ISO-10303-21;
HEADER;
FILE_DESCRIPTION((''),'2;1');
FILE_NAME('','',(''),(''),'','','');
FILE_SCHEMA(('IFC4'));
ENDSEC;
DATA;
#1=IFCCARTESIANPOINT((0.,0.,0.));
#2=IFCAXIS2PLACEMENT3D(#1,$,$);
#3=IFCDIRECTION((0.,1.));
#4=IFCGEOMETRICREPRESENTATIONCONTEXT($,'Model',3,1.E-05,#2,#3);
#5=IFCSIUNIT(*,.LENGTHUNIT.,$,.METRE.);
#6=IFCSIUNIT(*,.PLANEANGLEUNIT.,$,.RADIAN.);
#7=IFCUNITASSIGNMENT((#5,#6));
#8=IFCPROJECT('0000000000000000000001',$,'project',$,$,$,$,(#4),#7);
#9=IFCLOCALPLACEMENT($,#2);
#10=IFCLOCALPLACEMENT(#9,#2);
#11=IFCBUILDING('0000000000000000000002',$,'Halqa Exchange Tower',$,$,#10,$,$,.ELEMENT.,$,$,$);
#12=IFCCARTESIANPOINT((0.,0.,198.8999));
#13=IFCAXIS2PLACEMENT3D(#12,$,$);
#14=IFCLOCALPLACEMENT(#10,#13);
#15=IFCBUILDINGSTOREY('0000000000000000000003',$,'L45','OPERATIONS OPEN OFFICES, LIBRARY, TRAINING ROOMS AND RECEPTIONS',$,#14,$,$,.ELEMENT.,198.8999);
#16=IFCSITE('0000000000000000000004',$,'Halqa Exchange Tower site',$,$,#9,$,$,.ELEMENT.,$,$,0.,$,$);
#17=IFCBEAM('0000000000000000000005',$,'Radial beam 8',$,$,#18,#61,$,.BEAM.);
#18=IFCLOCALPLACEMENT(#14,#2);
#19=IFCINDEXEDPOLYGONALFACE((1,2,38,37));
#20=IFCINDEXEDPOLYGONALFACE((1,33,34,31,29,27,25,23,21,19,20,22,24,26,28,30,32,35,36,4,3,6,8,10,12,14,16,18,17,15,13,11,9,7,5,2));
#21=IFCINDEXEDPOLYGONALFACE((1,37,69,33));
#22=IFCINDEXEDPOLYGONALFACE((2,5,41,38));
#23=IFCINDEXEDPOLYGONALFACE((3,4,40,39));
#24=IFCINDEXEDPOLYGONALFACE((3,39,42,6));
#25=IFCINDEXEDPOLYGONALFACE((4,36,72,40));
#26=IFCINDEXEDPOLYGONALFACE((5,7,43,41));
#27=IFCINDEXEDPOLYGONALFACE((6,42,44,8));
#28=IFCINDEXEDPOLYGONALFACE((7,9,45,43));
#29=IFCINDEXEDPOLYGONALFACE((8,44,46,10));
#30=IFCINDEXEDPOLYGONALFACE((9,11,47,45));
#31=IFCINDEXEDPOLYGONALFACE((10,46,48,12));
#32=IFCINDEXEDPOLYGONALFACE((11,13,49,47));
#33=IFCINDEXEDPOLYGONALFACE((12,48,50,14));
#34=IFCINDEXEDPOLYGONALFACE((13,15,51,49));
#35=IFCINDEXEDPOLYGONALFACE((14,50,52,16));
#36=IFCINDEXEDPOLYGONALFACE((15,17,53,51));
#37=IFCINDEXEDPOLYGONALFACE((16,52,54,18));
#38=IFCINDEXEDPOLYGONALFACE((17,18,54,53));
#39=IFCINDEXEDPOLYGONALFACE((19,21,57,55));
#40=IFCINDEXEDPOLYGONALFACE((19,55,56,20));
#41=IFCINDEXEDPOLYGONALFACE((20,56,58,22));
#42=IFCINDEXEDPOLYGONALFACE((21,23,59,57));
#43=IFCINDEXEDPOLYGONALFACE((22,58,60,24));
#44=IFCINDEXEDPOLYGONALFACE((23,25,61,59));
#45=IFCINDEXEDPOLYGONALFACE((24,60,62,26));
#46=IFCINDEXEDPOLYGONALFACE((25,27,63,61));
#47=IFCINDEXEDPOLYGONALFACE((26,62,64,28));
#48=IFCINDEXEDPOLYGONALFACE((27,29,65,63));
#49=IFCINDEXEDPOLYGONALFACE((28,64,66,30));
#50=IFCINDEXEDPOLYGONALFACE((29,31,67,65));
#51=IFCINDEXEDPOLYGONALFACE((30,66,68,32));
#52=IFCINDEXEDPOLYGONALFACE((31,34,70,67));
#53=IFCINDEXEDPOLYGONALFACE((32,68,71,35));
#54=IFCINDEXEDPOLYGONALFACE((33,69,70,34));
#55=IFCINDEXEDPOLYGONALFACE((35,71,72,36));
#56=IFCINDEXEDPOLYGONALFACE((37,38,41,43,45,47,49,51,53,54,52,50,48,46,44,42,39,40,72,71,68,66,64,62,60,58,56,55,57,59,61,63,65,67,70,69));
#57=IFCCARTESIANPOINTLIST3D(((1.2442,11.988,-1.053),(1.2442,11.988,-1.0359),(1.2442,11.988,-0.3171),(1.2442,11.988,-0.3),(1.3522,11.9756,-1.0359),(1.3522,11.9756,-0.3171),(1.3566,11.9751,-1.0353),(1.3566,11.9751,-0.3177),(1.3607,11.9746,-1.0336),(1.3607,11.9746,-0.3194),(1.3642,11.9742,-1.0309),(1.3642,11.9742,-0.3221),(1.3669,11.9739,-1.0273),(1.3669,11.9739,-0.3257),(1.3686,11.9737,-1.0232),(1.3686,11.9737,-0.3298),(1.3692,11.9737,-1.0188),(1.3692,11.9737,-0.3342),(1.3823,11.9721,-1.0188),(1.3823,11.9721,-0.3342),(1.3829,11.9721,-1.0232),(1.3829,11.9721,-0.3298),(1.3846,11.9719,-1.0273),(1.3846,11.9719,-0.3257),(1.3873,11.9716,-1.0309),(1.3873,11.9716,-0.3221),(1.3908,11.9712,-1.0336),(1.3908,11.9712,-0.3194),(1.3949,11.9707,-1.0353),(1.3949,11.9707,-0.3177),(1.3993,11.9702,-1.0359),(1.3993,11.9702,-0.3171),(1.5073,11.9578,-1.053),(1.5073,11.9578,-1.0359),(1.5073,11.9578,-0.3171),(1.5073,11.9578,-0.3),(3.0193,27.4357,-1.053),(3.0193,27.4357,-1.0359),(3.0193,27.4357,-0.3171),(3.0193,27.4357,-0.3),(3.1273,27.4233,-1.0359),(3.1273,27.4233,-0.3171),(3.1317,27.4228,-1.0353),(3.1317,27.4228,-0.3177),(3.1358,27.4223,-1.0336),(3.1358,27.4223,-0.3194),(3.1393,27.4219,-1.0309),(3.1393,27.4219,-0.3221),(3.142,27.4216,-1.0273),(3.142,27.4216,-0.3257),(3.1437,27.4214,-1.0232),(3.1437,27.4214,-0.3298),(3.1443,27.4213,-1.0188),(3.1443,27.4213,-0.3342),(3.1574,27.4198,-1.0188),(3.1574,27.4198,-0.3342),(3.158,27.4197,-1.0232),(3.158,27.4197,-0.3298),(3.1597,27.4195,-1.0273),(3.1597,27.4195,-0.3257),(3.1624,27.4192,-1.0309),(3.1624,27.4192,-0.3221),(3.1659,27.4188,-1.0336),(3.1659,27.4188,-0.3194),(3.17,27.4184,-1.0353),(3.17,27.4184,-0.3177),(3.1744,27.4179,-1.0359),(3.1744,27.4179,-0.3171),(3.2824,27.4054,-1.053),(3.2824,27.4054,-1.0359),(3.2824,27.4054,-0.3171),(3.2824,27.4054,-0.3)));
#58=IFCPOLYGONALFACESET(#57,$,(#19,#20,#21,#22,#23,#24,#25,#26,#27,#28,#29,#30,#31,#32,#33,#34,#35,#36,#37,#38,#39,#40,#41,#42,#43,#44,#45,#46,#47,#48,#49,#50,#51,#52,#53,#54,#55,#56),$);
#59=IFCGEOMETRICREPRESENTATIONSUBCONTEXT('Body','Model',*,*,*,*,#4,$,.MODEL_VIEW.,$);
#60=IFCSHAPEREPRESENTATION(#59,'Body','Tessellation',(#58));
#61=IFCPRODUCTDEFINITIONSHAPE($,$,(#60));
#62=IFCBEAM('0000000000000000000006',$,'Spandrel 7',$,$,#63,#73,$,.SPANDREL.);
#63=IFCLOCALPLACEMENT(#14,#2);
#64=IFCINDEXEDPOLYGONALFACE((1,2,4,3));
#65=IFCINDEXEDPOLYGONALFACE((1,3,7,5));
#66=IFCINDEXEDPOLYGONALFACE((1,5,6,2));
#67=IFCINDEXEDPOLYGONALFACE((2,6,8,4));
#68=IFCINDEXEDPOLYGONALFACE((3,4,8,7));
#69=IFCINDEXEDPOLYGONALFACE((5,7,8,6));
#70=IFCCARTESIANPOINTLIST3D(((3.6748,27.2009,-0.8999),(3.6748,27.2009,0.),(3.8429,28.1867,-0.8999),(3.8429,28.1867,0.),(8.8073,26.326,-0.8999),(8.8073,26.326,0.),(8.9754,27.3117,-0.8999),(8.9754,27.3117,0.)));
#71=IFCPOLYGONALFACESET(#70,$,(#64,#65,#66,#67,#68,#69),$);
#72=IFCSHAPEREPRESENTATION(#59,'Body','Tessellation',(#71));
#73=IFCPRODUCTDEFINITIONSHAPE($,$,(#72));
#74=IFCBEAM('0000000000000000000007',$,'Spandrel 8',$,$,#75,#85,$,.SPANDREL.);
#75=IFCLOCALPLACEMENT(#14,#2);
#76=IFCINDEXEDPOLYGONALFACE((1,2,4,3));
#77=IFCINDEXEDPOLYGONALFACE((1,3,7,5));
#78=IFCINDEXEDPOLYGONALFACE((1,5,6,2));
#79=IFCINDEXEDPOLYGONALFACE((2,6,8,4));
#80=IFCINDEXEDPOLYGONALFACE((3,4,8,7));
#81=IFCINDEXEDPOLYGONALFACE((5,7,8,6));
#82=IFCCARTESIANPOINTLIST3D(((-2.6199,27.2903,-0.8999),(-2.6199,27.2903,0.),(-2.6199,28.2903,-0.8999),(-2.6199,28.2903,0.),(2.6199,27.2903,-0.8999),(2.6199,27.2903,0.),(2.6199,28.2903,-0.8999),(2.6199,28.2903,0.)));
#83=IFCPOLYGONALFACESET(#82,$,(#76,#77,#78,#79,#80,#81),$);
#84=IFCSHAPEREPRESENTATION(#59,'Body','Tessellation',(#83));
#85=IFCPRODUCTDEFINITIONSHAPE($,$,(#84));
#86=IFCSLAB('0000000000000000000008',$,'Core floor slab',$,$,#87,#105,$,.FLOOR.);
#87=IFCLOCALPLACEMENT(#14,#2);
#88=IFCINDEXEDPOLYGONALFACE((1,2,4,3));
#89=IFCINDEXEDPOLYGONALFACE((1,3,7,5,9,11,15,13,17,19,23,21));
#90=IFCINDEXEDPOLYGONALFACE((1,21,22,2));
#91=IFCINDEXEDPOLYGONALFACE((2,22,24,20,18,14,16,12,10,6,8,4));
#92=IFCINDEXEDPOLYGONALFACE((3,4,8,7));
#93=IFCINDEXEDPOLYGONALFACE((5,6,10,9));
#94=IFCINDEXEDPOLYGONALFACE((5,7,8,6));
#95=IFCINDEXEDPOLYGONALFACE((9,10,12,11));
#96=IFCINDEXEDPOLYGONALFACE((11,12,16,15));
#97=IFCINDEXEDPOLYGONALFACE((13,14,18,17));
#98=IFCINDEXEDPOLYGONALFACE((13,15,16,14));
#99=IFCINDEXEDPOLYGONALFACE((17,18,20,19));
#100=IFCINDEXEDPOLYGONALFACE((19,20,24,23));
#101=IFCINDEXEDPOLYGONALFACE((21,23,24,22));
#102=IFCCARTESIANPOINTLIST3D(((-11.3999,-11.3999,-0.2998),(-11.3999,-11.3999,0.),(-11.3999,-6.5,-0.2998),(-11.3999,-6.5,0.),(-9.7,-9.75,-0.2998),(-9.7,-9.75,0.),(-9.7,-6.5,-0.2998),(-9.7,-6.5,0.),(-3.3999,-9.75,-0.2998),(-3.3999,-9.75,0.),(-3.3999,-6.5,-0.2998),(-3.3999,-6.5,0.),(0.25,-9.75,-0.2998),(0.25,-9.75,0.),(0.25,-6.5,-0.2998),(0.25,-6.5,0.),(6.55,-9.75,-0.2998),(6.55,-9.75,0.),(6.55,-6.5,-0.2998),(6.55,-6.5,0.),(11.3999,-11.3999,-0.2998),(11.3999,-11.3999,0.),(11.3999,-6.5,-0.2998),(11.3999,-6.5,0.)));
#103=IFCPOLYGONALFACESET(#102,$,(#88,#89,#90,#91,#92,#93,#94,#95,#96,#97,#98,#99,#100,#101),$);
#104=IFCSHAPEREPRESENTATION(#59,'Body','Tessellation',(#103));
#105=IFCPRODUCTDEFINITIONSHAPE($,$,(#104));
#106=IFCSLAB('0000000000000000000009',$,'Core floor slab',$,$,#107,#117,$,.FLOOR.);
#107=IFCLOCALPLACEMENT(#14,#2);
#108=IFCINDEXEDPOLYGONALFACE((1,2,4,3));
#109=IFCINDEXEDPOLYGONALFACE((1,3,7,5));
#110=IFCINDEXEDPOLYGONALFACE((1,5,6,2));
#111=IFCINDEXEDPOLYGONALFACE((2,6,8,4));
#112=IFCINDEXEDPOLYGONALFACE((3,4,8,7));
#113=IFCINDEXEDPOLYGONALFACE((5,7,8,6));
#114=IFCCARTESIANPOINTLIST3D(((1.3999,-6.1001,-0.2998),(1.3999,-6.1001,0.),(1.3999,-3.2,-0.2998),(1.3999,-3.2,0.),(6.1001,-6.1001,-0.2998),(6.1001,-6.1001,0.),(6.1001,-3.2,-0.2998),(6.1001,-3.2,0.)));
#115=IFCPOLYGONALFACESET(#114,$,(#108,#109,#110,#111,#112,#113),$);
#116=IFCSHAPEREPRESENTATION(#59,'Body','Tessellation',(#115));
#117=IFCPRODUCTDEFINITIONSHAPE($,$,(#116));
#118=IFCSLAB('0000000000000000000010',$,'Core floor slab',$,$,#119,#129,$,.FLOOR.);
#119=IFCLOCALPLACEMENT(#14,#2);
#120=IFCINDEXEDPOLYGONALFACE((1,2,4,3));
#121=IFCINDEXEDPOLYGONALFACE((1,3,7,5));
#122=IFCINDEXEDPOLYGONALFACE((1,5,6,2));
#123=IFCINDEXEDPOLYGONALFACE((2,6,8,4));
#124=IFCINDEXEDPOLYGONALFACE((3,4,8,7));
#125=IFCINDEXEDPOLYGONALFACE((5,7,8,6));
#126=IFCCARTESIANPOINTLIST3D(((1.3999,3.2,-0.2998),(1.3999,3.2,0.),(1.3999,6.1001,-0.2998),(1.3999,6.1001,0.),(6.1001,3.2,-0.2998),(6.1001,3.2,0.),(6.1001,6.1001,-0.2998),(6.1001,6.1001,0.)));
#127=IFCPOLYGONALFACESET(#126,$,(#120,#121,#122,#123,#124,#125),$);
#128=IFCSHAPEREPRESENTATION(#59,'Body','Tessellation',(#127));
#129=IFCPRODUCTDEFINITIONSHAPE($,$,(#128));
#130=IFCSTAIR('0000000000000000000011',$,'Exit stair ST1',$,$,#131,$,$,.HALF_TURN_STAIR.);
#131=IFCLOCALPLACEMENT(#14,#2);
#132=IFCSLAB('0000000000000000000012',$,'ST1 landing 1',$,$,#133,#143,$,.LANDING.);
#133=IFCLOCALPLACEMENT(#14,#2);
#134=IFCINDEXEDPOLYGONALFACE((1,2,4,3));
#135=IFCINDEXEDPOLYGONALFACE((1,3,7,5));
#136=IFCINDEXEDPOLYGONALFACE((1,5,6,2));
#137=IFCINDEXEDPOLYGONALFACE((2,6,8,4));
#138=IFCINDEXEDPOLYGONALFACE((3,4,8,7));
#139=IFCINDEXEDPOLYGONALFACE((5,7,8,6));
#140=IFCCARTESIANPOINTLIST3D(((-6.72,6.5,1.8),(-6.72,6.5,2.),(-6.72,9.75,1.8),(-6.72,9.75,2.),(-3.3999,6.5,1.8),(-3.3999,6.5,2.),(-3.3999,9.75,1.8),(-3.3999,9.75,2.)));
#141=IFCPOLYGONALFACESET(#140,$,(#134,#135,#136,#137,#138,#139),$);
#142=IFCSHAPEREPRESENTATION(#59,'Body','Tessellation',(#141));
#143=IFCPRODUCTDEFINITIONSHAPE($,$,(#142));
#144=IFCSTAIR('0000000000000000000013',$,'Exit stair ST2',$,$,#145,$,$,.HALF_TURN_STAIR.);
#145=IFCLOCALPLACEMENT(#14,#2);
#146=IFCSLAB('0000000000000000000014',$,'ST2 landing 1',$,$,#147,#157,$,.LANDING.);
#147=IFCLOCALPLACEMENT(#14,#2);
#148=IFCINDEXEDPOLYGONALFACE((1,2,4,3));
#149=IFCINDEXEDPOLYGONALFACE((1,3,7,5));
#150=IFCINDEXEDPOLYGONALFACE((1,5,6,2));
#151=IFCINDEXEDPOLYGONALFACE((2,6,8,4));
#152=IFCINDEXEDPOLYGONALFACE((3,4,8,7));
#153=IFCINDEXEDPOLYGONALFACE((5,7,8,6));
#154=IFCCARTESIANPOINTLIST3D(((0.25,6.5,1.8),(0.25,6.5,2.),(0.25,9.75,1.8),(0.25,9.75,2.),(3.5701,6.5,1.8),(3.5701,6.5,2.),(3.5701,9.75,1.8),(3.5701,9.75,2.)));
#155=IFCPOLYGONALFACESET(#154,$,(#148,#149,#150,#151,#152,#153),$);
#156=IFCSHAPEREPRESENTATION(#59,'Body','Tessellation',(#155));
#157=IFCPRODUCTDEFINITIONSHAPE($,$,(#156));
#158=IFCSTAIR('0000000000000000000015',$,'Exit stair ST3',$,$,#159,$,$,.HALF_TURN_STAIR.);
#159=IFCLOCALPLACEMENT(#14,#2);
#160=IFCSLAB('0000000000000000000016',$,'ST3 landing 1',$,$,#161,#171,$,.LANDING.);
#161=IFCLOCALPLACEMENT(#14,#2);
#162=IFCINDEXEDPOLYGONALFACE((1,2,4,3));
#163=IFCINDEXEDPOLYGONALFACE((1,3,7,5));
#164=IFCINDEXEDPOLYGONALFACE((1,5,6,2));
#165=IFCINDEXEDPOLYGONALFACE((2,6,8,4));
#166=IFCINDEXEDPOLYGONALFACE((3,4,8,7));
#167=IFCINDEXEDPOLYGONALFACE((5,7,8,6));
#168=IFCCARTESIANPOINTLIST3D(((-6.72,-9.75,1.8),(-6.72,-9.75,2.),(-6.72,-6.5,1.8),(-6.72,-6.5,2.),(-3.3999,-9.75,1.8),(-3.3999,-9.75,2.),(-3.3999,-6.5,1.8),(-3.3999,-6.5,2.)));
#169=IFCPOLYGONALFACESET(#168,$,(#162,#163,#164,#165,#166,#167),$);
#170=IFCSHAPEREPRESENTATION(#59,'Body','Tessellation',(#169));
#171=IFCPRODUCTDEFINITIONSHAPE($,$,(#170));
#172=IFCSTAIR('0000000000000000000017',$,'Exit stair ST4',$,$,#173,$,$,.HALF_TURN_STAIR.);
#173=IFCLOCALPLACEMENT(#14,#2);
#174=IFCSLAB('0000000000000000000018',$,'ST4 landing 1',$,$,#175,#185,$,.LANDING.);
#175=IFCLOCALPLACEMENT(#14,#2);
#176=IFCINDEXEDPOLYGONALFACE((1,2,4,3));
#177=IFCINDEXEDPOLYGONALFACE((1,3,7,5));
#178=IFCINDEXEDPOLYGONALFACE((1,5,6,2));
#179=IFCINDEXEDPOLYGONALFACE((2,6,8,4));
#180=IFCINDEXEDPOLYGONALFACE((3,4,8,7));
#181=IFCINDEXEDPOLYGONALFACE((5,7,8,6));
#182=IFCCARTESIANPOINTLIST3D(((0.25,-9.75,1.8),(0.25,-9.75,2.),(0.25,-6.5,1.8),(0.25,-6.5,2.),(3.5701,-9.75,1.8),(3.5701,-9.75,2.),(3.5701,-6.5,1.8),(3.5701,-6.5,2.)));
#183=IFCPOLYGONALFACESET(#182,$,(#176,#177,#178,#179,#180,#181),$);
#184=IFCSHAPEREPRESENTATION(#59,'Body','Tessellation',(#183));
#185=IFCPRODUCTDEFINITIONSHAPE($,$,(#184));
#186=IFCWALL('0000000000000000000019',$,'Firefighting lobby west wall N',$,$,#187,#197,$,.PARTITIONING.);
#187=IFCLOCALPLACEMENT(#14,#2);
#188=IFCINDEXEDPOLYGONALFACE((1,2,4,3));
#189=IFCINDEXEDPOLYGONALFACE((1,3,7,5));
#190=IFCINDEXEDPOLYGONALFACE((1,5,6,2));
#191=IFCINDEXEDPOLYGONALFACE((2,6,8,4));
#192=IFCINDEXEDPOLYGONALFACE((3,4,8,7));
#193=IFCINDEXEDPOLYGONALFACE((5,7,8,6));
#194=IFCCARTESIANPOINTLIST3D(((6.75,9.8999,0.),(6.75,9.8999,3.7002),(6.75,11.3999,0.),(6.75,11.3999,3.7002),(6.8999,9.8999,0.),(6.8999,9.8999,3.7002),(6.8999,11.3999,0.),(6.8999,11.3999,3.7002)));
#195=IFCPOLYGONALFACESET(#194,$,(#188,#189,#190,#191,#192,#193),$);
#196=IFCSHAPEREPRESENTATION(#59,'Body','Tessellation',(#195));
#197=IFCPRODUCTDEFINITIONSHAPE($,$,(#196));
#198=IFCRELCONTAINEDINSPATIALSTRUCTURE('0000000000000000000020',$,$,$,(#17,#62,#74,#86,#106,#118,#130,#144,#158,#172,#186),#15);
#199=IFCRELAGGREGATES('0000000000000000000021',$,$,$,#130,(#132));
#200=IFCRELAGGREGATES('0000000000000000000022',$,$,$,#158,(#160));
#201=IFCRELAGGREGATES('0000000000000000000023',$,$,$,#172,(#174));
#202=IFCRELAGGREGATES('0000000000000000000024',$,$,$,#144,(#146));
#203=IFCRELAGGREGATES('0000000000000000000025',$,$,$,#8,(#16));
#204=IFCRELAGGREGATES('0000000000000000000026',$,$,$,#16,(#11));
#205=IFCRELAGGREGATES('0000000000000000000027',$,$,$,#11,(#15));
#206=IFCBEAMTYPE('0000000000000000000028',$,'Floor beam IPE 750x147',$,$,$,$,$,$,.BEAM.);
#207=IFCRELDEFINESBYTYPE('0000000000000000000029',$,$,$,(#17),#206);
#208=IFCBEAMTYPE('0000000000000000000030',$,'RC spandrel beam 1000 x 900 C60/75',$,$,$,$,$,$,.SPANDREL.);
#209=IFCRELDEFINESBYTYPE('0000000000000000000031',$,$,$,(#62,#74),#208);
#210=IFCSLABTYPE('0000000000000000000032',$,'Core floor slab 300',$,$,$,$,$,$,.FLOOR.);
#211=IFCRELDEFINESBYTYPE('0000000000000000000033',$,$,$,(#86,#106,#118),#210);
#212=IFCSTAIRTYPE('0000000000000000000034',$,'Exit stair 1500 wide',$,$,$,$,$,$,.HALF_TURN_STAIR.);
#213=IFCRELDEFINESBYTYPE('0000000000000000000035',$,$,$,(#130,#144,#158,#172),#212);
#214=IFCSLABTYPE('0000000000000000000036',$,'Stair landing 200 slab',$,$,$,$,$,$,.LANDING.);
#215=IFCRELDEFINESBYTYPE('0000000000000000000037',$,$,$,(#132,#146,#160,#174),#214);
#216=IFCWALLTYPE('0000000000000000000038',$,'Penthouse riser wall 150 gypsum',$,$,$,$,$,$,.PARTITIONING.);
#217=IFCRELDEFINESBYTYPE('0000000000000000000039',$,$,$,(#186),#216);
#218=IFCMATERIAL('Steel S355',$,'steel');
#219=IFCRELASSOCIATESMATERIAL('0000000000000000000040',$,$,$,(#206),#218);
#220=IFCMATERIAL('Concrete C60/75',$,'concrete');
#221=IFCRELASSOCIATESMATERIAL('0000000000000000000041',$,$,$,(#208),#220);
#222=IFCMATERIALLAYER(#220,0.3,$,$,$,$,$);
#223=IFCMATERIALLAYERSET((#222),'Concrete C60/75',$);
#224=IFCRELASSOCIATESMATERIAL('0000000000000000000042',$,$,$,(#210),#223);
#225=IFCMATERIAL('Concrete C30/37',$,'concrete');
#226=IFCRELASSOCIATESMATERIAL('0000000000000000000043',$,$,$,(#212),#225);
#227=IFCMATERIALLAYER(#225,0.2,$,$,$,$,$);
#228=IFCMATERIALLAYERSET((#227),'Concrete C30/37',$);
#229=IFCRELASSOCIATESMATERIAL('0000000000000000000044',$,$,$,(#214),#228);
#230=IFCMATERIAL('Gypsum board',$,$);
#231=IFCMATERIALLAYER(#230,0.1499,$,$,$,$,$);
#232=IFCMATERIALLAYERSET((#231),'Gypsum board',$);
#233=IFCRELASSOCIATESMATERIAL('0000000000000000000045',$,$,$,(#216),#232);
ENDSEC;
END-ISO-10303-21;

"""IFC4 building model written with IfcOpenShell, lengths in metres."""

from ifc_helpers import new_model, si_unit, direction, frame, frame_2d, origin, origin_2d, place, context, subcontext, project, spatial, polyline, rectangle, i_section, outline, extrude, material, layer, layer_set, material_profile, profile_set, type_object, element, aggregate, save


model = new_model("IFC4")

# Units and contexts
model_context = context("Model", 3, precision=1e-05, world=origin(), true_north=direction((0.0, 1.0)))
body_context = subcontext(model_context, "Body", "Model", "MODEL_VIEW")
ifc_project = project(units=[si_unit("LENGTHUNIT", "METRE"), si_unit("PLANEANGLEUNIT", "RADIAN")], contexts=[model_context])

# Site, building, storey
site_placement = place(None, origin())
site = spatial("IfcSite", under=ifc_project, at=site_placement, Name="Halqa Exchange Tower site", CompositionType="ELEMENT", RefElevation=0.0)
building_placement = place(site_placement, origin())
building = spatial("IfcBuilding", under=site, at=building_placement, Name="Halqa Exchange Tower", CompositionType="ELEMENT")
storey_placement = place(building_placement, frame((0.0, 0.0, 198.8999)))
storey = spatial("IfcBuildingStorey", under=building, at=storey_placement, Name="L45", Description="OPERATIONS OPEN OFFICES, LIBRARY, TRAINING ROOMS AND RECEPTIONS", CompositionType="ELEMENT", Elevation=198.8999)

# Shared definitions
ifc_material_1 = material(Name="Concrete C60/75", Category="concrete")

# Beams
ifc_material_2 = material(Name="Steel S355", Category="steel")
ifc_material_profile_1 = material_profile(ifc_material_2, i_section(OverallWidth=0.2649, OverallDepth=0.7529, WebThickness=0.0132, FlangeThickness=0.0171, FilletRadius=0.0171, at=origin_2d()), Name="IPE 750x147")
ifc_profile_set_1 = profile_set([ifc_material_profile_1], Name="Steel S355")
beam_type_1 = type_object("IfcBeamType", Name="Floor beam IPE 750x147", PredefinedType="BEAM", material=ifc_profile_set_1)
beam_1_placement = place(storey_placement, frame((1.3757, 11.9729, -0.6765), z_axis=(0.114162, 0.993462, 0.0), x_axis=(-0.993462, 0.114162, 0.0)))
element("IfcBeam", 1, at=beam_1_placement, inside=storey, type_object=beam_type_1, Name="Radial beam 8", PredefinedType="BEAM", context=body_context, shape_type="SweptSolid", body=[
    extrude(i_section(OverallWidth=0.2649, OverallDepth=0.7529, WebThickness=0.0132, FlangeThickness=0.0171, FilletRadius=0.0171, at=origin_2d()), origin(), (0.0, 0.0, 1.0), 15.5493),
])
ifc_material_profile_2 = material_profile(ifc_material_1, rectangle(XDim=1.0, YDim=0.8999, at=origin_2d()), Name="1000 x 900")
ifc_profile_set_2 = profile_set([ifc_material_profile_2], Name="Concrete C60/75")
beam_type_2 = type_object("IfcBeamType", Name="RC spandrel beam 1000 x 900 C60/75", PredefinedType="SPANDREL", material=ifc_profile_set_2)
beam_2_placement = place(storey_placement, frame((8.8914, 26.8188, -0.45), z_axis=(-0.985778, 0.168055, 0.0), x_axis=(-0.168055, -0.985778, 0.0)))
element("IfcBeam", 2, at=beam_2_placement, inside=storey, type_object=beam_type_2, Name="Spandrel 7", PredefinedType="SPANDREL", context=body_context, shape_type="SweptSolid", body=[
    extrude(rectangle(XDim=1.0, YDim=0.8999, at=origin_2d()), origin(), (0.0, 0.0, 1.0), 5.2065),
])
beam_3_placement = place(storey_placement, frame((2.6199, 27.7903, -0.45), z_axis=(-1.0, 0.0, 0.0), x_axis=(0.0, -1.0, 0.0)))
element("IfcBeam", 3, at=beam_3_placement, inside=storey, type_object=beam_type_2, Name="Spandrel 8", PredefinedType="SPANDREL", context=body_context, shape_type="SweptSolid", body=[
    extrude(rectangle(XDim=1.0, YDim=0.8999, at=origin_2d()), origin(), (0.0, 0.0, 1.0), 5.2397),
])

# Slabs
ifc_layer_1 = layer(ifc_material_1, 0.3)
ifc_layer_set_1 = layer_set([ifc_layer_1], Name="Concrete C60/75")
slab_type_1 = type_object("IfcSlabType", Name="Core floor slab 300", PredefinedType="FLOOR", material=ifc_layer_set_1)
slab_1_placement = place(storey_placement, frame((0.0, 0.0, -0.2998)))
element("IfcSlab", 4, at=slab_1_placement, inside=storey, type_object=slab_type_1, Name="Core floor slab", PredefinedType="FLOOR", context=body_context, shape_type="SweptSolid", body=[
    extrude(outline(polyline([(-9.7, -9.75), (-3.3999, -9.75), (-3.3999, -6.5), (0.25, -6.5), (0.25, -9.75), (6.55, -9.75), (6.55, -6.5), (11.3999, -6.5), (11.3999, -11.3999), (-11.3999, -11.3999), (-11.3999, -6.5), (-9.7, -6.5), (-9.7, -9.75)])), origin(), (0.0, 0.0, 1.0), 0.2998),
])
slab_2_placement = place(storey_placement, frame((0.0, 0.0, -0.2998)))
element("IfcSlab", 5, at=slab_2_placement, inside=storey, type_object=slab_type_1, Name="Core floor slab", PredefinedType="FLOOR", context=body_context, shape_type="SweptSolid", body=[
    extrude(outline(polyline([(6.1001, -3.2), (6.1001, -6.1001), (1.3999, -6.1001), (1.3999, -3.2), (6.1001, -3.2)])), origin(), (0.0, 0.0, 1.0), 0.2998),
])
slab_3_placement = place(storey_placement, frame((0.0, 0.0, -0.2998)))
element("IfcSlab", 6, at=slab_3_placement, inside=storey, type_object=slab_type_1, Name="Core floor slab", PredefinedType="FLOOR", context=body_context, shape_type="SweptSolid", body=[
    extrude(outline(polyline([(6.1001, 6.1001), (6.1001, 3.2), (1.3999, 3.2), (1.3999, 6.1001), (6.1001, 6.1001)])), origin(), (0.0, 0.0, 1.0), 0.2998),
])

# Stairs, slabs
ifc_material_3 = material(Name="Concrete C30/37", Category="concrete")
stair_type = type_object("IfcStairType", Name="Exit stair 1500 wide", PredefinedType="HALF_TURN_STAIR", material=ifc_material_3)
stair_1_placement = place(storey_placement, origin())
stair_1 = element("IfcStair", 7, at=stair_1_placement, inside=storey, type_object=stair_type, Name="Exit stair ST1", PredefinedType="HALF_TURN_STAIR")
ifc_layer_2 = layer(ifc_material_3, 0.2)
ifc_layer_set_2 = layer_set([ifc_layer_2], Name="Concrete C30/37")
slab_type_2 = type_object("IfcSlabType", Name="Stair landing 200 slab", PredefinedType="LANDING", material=ifc_layer_set_2)
slab_4_placement = place(storey_placement, frame((0.0, 0.0, 1.8)))
slab_4 = element("IfcSlab", 8, at=slab_4_placement, type_object=slab_type_2, Name="ST1 landing 1", PredefinedType="LANDING", context=body_context, shape_type="SweptSolid", body=[
    extrude(outline(polyline([(-6.72, 6.5), (-3.3999, 6.5), (-3.3999, 9.75), (-6.72, 9.75), (-6.72, 6.5)])), origin(), (0.0, 0.0, 1.0), 0.2),
])
aggregate(stair_1, [slab_4])
stair_2_placement = place(storey_placement, origin())
stair_2 = element("IfcStair", 9, at=stair_2_placement, inside=storey, type_object=stair_type, Name="Exit stair ST2", PredefinedType="HALF_TURN_STAIR")
slab_5_placement = place(storey_placement, frame((0.0, 0.0, 1.8)))
slab_5 = element("IfcSlab", 10, at=slab_5_placement, type_object=slab_type_2, Name="ST2 landing 1", PredefinedType="LANDING", context=body_context, shape_type="SweptSolid", body=[
    extrude(outline(polyline([(0.25, 6.5), (3.5701, 6.5), (3.5701, 9.75), (0.25, 9.75), (0.25, 6.5)])), origin(), (0.0, 0.0, 1.0), 0.2),
])
stair_3_placement = place(storey_placement, origin())
stair_3 = element("IfcStair", 11, at=stair_3_placement, inside=storey, type_object=stair_type, Name="Exit stair ST3", PredefinedType="HALF_TURN_STAIR")
slab_6_placement = place(storey_placement, frame((0.0, 0.0, 1.8)))
slab_6 = element("IfcSlab", 12, at=slab_6_placement, type_object=slab_type_2, Name="ST3 landing 1", PredefinedType="LANDING", context=body_context, shape_type="SweptSolid", body=[
    extrude(outline(polyline([(-6.72, -9.75), (-3.3999, -9.75), (-3.3999, -6.5), (-6.72, -6.5), (-6.72, -9.75)])), origin(), (0.0, 0.0, 1.0), 0.2),
])
aggregate(stair_3, [slab_6])
stair_4_placement = place(storey_placement, origin())
stair_4 = element("IfcStair", 13, at=stair_4_placement, inside=storey, type_object=stair_type, Name="Exit stair ST4", PredefinedType="HALF_TURN_STAIR")
slab_7_placement = place(storey_placement, frame((0.0, 0.0, 1.8)))
slab_7 = element("IfcSlab", 14, at=slab_7_placement, type_object=slab_type_2, Name="ST4 landing 1", PredefinedType="LANDING", context=body_context, shape_type="SweptSolid", body=[
    extrude(outline(polyline([(0.25, -9.75), (3.5701, -9.75), (3.5701, -6.5), (0.25, -6.5), (0.25, -9.75)])), origin(), (0.0, 0.0, 1.0), 0.2),
])
aggregate(stair_4, [slab_7])

# Wall
ifc_material_4 = material(Name="Gypsum board")
ifc_layer_3 = layer(ifc_material_4, 0.1499)
ifc_layer_set_3 = layer_set([ifc_layer_3], Name="Gypsum board")
wall_type_1 = type_object("IfcWallType", Name="Penthouse riser wall 150 gypsum", PredefinedType="PARTITIONING", material=ifc_layer_set_3)
wall_1_placement = place(storey_placement, frame((6.825, 9.8999, 0.0), z_axis=(0.0, 0.0, 1.0), x_axis=(0.0, 1.0, 0.0)))
element("IfcWall", 15, at=wall_1_placement, inside=storey, type_object=wall_type_1, Name="Firefighting lobby west wall N", PredefinedType="PARTITIONING", context=body_context, shape_type="SweptSolid", body=[
    extrude(rectangle(XDim=1.5, YDim=0.1499, at=frame_2d((0.75, 0.0))), origin(), (0.0, 0.0, 1.0), 3.7002),
])

aggregate(stair_2, [slab_5])

save(model, "model.ifc")
